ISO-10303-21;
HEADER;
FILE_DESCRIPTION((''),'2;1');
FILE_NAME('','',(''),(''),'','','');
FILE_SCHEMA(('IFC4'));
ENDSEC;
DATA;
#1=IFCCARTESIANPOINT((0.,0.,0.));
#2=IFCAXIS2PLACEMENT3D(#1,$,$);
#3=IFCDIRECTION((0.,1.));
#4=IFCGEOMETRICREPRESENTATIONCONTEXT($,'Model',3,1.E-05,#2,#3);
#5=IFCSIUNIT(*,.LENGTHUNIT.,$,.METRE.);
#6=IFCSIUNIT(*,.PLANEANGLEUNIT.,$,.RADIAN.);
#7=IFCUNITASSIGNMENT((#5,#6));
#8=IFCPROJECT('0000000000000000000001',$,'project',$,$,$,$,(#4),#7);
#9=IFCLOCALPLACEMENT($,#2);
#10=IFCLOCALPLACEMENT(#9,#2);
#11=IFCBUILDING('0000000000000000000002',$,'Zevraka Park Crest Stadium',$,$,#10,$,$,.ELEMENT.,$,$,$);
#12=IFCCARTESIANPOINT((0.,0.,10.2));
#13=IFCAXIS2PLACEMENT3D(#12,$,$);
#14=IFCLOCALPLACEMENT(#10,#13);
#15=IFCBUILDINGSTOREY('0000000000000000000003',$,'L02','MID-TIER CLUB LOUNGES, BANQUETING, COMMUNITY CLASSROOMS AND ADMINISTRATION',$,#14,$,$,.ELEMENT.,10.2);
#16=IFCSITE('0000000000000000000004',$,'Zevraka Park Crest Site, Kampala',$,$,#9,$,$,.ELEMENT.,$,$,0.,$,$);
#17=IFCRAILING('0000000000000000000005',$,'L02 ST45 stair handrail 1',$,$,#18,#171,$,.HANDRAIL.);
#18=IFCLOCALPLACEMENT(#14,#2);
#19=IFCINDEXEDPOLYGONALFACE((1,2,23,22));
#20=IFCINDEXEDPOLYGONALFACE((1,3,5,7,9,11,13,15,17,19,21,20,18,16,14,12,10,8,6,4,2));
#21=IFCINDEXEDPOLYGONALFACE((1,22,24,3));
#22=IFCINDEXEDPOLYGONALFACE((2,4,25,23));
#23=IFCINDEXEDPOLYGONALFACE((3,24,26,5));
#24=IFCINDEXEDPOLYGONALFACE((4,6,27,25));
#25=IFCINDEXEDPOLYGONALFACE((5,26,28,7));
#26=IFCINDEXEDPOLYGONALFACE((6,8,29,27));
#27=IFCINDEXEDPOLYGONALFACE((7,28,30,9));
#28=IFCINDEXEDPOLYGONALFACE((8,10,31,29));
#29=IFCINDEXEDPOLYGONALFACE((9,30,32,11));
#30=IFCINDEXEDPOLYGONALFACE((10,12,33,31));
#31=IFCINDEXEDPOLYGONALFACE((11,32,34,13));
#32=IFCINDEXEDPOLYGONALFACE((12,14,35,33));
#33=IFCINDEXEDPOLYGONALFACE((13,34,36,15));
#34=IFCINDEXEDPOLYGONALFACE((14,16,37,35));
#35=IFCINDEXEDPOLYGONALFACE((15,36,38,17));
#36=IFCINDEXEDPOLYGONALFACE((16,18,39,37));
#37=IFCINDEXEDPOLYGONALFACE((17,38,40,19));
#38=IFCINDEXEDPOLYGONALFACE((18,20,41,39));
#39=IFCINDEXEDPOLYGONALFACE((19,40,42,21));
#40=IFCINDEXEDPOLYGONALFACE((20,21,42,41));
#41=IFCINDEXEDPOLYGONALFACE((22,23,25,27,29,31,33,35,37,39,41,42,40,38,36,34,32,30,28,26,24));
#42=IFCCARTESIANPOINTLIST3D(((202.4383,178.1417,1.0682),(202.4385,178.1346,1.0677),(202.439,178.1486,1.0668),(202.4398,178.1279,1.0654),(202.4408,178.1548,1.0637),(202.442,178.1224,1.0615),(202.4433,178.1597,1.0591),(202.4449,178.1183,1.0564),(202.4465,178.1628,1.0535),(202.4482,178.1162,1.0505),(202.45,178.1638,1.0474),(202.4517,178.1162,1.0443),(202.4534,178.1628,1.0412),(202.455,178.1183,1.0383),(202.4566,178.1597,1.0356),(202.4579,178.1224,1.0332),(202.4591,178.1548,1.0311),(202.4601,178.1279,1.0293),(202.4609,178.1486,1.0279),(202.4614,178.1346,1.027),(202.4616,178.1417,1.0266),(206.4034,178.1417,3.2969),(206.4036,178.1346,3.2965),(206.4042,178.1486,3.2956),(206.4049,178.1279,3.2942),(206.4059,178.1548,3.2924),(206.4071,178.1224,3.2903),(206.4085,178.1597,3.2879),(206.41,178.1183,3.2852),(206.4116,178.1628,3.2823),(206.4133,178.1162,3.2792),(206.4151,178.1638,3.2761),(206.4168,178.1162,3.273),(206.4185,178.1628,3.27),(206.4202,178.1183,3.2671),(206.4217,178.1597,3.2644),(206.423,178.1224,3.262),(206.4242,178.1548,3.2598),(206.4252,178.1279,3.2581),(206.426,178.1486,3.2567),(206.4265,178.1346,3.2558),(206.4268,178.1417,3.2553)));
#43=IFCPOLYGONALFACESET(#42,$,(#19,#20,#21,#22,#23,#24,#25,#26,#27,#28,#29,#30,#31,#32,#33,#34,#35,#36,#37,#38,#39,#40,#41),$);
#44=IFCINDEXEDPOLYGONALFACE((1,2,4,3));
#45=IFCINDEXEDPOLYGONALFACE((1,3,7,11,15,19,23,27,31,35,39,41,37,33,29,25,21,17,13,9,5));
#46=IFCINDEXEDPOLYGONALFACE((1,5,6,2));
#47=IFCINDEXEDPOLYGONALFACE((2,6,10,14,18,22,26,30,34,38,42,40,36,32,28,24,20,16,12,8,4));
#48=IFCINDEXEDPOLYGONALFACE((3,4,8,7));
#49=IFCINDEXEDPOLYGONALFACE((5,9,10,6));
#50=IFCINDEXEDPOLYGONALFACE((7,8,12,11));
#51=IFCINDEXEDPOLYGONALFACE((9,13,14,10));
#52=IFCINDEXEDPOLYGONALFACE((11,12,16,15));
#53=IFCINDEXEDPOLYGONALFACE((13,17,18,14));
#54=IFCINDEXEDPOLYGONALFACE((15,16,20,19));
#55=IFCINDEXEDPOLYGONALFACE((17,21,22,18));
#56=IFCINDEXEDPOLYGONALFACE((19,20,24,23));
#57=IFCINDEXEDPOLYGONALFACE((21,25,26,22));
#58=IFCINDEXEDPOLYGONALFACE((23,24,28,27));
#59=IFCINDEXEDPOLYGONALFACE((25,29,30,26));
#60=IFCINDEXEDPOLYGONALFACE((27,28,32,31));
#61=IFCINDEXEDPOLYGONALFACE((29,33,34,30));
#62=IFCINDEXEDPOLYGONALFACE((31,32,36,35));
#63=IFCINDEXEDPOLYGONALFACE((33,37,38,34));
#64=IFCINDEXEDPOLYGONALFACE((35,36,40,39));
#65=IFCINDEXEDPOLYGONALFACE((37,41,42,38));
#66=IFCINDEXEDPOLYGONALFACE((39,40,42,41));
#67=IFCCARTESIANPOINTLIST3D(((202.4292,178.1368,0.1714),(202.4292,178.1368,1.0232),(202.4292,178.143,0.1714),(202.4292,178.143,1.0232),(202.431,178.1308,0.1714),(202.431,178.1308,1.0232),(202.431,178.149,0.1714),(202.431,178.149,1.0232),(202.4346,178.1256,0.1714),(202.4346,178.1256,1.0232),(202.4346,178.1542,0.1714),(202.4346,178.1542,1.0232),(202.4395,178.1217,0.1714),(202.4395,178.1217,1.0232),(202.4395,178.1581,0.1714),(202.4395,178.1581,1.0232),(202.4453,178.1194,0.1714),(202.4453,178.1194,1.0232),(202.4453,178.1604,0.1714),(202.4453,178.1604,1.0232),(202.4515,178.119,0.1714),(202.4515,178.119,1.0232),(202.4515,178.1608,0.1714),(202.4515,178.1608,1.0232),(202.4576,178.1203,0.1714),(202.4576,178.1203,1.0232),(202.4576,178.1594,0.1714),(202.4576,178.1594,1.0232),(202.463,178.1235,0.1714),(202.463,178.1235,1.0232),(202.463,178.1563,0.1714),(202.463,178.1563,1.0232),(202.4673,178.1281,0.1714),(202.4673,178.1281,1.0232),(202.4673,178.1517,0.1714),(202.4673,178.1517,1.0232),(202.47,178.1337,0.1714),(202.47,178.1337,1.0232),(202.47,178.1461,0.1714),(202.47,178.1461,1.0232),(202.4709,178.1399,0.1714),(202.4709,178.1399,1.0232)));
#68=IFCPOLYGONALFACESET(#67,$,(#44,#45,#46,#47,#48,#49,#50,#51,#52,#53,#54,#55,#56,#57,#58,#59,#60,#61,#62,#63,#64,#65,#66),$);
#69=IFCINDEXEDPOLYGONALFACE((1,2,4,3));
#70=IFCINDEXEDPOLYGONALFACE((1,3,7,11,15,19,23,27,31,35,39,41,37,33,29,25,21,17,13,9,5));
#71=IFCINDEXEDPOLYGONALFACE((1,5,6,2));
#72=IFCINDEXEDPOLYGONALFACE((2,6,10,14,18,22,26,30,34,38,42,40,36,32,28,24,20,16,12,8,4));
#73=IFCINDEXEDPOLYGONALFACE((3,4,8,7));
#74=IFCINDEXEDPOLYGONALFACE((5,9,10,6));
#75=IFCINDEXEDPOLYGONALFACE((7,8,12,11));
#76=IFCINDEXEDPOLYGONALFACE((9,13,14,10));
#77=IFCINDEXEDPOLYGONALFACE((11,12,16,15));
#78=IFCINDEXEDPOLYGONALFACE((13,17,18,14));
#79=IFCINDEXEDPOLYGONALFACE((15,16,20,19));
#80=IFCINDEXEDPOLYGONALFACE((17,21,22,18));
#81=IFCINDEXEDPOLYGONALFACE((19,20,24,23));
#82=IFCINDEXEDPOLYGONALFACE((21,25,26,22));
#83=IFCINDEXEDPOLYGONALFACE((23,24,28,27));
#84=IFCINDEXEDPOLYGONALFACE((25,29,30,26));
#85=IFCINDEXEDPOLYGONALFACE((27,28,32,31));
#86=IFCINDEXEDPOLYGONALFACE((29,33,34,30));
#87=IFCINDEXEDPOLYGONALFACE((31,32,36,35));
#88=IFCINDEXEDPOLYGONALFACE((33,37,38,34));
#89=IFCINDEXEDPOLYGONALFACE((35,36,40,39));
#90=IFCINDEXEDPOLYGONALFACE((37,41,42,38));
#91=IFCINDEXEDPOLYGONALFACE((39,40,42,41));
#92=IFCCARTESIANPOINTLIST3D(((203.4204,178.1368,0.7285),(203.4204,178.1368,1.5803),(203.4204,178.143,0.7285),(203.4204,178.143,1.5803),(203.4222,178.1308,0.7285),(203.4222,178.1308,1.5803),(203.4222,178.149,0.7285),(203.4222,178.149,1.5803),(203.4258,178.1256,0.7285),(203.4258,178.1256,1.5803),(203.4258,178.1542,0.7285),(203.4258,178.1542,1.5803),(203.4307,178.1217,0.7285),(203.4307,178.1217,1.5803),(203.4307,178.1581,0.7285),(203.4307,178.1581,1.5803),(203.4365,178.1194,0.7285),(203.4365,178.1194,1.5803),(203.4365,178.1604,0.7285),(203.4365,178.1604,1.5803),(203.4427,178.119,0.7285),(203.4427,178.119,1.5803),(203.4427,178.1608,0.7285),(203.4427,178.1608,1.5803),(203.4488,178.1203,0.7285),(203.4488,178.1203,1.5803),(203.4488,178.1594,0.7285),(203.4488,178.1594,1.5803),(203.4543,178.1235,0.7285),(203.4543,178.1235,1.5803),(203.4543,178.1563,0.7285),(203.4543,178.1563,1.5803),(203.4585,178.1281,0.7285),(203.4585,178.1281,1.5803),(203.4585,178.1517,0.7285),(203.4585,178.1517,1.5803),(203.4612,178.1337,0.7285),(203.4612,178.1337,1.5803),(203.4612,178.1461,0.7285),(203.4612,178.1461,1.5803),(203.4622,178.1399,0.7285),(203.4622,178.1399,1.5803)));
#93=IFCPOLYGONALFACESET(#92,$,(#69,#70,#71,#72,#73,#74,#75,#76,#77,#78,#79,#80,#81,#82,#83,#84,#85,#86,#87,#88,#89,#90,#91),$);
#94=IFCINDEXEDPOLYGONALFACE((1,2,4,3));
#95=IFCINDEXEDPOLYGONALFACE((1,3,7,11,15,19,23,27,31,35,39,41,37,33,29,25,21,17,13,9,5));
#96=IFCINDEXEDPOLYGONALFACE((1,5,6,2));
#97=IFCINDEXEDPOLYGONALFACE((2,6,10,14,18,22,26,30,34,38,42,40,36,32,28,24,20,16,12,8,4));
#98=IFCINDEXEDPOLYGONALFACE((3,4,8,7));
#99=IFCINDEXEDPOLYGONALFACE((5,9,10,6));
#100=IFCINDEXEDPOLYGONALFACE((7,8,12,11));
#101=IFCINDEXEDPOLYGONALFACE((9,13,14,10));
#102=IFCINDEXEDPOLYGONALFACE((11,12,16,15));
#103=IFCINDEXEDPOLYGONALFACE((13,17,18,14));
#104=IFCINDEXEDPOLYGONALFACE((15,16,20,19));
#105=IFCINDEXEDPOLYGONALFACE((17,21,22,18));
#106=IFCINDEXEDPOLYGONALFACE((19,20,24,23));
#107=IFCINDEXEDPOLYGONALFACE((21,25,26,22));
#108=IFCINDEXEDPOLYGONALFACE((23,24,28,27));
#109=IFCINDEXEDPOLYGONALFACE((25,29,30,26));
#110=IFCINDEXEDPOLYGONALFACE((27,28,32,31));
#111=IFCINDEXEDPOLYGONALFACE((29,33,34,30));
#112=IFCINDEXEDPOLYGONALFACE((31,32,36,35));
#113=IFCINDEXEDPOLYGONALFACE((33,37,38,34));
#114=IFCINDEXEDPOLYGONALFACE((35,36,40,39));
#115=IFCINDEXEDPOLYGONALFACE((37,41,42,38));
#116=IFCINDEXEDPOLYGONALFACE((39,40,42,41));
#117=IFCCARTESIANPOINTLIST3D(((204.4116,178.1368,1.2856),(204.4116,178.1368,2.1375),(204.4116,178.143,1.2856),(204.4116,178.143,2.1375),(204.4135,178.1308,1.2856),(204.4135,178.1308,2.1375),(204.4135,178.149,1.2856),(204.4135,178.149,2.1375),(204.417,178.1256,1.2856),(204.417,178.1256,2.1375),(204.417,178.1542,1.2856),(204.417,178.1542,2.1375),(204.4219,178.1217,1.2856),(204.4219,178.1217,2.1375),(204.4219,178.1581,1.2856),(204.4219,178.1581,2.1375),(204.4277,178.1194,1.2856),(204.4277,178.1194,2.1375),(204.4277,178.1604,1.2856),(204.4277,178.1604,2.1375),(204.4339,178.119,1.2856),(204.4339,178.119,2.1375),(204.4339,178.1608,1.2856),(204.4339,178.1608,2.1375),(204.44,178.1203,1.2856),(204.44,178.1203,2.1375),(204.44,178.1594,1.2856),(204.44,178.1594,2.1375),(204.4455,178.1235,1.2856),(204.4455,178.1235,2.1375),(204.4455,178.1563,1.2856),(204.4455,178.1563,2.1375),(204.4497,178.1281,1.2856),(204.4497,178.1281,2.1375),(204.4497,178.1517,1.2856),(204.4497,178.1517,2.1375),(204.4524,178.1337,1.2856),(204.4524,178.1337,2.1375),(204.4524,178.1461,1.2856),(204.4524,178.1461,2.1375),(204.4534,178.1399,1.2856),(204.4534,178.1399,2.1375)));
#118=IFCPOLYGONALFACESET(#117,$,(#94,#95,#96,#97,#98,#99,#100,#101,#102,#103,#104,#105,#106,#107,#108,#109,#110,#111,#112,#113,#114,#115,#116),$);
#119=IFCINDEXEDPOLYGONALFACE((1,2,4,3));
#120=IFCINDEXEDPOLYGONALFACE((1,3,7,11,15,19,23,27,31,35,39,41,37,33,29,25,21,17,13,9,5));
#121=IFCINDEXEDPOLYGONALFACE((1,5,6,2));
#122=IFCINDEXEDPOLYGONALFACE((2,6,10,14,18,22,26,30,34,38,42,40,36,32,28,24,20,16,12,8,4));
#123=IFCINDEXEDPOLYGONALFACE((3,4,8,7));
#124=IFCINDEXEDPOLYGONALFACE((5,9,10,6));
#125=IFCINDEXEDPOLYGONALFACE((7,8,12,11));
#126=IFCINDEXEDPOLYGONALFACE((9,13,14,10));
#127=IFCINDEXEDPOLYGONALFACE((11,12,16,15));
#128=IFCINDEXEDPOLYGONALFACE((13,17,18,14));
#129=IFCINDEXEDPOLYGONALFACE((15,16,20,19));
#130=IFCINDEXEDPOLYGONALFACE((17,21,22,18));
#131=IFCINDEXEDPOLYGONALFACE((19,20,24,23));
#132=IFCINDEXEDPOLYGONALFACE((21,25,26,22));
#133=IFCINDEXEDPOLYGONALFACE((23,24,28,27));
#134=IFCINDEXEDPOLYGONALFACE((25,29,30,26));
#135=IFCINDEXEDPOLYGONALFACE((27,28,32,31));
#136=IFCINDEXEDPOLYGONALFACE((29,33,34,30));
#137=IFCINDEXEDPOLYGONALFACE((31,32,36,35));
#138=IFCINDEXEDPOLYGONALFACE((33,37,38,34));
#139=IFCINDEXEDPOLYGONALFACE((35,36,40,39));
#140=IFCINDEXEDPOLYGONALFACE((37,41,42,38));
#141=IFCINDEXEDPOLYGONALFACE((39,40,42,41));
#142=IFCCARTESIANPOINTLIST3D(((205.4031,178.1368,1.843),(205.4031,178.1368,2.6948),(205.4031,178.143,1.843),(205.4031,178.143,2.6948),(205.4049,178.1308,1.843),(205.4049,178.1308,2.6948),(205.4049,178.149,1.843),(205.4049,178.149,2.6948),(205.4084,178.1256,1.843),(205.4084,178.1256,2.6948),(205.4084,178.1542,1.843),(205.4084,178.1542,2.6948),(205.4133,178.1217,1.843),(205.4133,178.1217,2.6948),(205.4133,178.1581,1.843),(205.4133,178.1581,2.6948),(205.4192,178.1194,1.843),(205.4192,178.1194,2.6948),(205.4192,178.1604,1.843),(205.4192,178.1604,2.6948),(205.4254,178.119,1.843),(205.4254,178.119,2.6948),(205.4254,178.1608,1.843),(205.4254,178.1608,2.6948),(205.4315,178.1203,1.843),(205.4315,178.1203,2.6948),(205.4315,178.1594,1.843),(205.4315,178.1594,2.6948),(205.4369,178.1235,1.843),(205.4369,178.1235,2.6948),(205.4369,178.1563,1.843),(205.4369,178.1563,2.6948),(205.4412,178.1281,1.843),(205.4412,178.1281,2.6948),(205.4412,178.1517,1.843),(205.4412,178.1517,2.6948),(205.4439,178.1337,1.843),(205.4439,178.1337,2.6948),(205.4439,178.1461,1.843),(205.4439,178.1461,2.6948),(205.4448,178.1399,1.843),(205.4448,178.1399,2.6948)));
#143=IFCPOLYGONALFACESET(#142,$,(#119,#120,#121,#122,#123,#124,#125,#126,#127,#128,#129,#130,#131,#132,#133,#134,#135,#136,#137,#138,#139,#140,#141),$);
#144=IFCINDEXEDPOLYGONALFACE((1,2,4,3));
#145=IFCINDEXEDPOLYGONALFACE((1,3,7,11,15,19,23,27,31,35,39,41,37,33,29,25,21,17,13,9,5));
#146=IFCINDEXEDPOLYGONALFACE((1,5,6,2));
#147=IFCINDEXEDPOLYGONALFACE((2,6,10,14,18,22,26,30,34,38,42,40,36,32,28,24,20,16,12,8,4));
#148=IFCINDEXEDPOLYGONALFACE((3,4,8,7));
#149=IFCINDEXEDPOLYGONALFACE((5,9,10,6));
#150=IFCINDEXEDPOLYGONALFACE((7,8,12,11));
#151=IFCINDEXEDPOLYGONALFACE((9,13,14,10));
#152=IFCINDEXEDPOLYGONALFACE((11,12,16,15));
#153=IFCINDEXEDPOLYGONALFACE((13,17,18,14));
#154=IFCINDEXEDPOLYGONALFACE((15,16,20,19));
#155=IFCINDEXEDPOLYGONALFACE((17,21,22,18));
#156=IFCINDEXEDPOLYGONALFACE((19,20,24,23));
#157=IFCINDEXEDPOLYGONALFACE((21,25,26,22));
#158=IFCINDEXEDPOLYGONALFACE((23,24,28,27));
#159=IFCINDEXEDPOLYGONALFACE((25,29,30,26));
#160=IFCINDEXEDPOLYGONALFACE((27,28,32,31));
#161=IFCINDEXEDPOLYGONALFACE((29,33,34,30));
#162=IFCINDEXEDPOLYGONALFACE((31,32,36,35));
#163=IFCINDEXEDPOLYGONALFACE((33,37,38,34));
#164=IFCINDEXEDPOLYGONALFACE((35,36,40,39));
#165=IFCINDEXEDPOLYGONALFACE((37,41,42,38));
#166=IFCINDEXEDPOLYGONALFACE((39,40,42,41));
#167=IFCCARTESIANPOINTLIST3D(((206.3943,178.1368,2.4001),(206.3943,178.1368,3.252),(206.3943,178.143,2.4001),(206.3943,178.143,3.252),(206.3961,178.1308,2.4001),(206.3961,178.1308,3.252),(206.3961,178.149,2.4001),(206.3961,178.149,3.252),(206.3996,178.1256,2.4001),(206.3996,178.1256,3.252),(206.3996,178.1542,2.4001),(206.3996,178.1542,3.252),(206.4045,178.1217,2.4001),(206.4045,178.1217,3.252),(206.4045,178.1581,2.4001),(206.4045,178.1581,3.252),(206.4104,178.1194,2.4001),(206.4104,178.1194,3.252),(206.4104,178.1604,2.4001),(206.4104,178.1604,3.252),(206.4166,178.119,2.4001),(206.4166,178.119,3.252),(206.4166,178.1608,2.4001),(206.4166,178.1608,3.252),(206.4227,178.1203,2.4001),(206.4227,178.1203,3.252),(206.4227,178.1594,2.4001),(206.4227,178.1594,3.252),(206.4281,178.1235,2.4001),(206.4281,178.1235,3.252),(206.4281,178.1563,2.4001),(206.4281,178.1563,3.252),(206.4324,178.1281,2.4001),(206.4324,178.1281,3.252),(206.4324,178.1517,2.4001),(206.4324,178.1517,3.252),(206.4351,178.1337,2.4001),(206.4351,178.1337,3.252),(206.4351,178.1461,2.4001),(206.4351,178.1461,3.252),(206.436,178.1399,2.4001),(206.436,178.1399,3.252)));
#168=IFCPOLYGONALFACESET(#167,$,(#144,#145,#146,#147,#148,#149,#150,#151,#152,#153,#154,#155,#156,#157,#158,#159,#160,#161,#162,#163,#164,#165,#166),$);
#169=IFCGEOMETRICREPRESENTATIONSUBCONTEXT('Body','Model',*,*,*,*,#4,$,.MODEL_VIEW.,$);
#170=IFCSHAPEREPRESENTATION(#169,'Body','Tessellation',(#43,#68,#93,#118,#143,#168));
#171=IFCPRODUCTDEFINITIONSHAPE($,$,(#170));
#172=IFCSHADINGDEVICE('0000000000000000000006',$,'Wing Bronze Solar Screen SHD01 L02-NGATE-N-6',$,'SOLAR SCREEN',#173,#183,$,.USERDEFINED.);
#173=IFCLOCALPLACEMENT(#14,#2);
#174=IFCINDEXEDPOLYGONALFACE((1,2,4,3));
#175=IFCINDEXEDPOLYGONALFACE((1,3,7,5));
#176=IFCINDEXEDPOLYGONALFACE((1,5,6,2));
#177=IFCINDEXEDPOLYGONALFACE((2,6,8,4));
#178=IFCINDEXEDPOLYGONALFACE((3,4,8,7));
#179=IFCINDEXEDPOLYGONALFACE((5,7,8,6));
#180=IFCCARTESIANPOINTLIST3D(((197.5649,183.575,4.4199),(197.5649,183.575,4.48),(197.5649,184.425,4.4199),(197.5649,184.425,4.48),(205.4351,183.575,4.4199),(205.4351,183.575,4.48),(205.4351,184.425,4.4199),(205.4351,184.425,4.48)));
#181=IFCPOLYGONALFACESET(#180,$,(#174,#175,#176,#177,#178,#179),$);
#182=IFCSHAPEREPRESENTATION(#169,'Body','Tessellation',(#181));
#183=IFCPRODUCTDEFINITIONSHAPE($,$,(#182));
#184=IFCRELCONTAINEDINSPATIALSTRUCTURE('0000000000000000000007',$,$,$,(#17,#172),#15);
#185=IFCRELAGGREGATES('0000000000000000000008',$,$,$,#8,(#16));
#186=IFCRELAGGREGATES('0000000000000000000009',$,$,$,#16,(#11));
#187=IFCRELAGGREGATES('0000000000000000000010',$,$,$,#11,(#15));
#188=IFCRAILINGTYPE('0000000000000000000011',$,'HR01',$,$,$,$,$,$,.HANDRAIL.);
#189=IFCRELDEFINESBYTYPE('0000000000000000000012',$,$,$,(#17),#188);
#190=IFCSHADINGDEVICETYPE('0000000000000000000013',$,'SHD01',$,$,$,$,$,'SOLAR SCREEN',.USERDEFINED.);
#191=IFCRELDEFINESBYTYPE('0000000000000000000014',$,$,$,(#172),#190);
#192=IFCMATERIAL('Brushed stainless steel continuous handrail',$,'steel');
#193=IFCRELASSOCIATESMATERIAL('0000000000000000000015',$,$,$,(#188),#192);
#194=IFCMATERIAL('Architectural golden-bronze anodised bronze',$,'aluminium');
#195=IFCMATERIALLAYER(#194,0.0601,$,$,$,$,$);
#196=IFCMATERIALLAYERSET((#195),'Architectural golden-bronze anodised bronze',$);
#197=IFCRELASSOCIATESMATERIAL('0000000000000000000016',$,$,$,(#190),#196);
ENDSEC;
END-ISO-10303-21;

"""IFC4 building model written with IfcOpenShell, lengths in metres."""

from ifc_helpers import new_model, si_unit, direction, frame, origin, origin_2d, place, context, subcontext, project, spatial, rectangle, circle, extrude, material, layer, layer_set, type_object, element, save


model = new_model("IFC4")

# Units and contexts
model_context = context("Model", 3, precision=1e-05, world=origin(), true_north=direction((0.0, 1.0)))
body_context = subcontext(model_context, "Body", "Model", "MODEL_VIEW")
ifc_project = project(units=[si_unit("LENGTHUNIT", "METRE"), si_unit("PLANEANGLEUNIT", "RADIAN")], contexts=[model_context])

# Site, building, storey
site_placement = place(None, origin())
site = spatial("IfcSite", under=ifc_project, at=site_placement, Name="Zevraka Park Crest Site, Kampala", CompositionType="ELEMENT", RefElevation=0.0)
building_placement = place(site_placement, origin())
building = spatial("IfcBuilding", under=site, at=building_placement, Name="Zevraka Park Crest Stadium", CompositionType="ELEMENT")
storey_placement = place(building_placement, frame((0.0, 0.0, 10.2)))
storey = spatial("IfcBuildingStorey", under=building, at=storey_placement, Name="L02", Description="MID-TIER CLUB LOUNGES, BANQUETING, COMMUNITY CLASSROOMS AND ADMINISTRATION", CompositionType="ELEMENT", Elevation=10.2)

# Railing
ifc_material_1 = material(Name="Brushed stainless steel continuous handrail", Category="steel")
railing_type_1 = type_object("IfcRailingType", Name="HR01", PredefinedType="HANDRAIL", material=ifc_material_1)
railing_1_placement = place(storey_placement, frame((202.45, 178.1399, 0.1714)))
element("IfcRailing", 1, at=railing_1_placement, inside=storey, type_object=railing_type_1, Name="L02 ST45 stair handrail 1", PredefinedType="HANDRAIL", context=body_context, shape_type="SweptSolid", body=[
    extrude(circle(Radius=0.0239, at=origin_2d()), frame((0.0, 0.0, 0.876), z_axis=(0.871726, 0.0, 0.489994), x_axis=(0.0, 1.0, 0.0)), (0.0, 0.0, 1.0), 4.5486),
    extrude(circle(Radius=0.021, at=origin_2d()), origin(), (0.0, 0.0, 1.0), 0.8518),
    extrude(circle(Radius=0.021, at=origin_2d()), frame((0.9912, 0.0, 0.5571)), (0.0, 0.0, 1.0), 0.8518),
    extrude(circle(Radius=0.021, at=origin_2d()), frame((1.9824, 0.0, 1.1143)), (0.0, 0.0, 1.0), 0.8518),
    extrude(circle(Radius=0.021, at=origin_2d()), frame((2.9739, 0.0, 1.6716)), (0.0, 0.0, 1.0), 0.8518),
    extrude(circle(Radius=0.021, at=origin_2d()), frame((3.9651, 0.0, 2.2288)), (0.0, 0.0, 1.0), 0.8518),
])

# Shading device
ifc_material_2 = material(Name="Architectural golden-bronze anodised bronze", Category="aluminium")
ifc_layer_1 = layer(ifc_material_2, 0.0601)
ifc_layer_set_1 = layer_set([ifc_layer_1], Name="Architectural golden-bronze anodised bronze")
shading_device_type = type_object("IfcShadingDeviceType", Name="SHD01", ElementType="SOLAR SCREEN", PredefinedType="USERDEFINED", material=ifc_layer_set_1)
shading_device_placement = place(storey_placement, frame((201.5, 184.0, 4.4199), z_axis=(0.0, 0.0, 1.0), x_axis=(1.0, 0.0, 0.0)))
element("IfcShadingDevice", 2, at=shading_device_placement, inside=storey, type_object=shading_device_type, Name="Wing Bronze Solar Screen SHD01 L02-NGATE-N-6", ObjectType="SOLAR SCREEN", PredefinedType="USERDEFINED", context=body_context, shape_type="SweptSolid", body=[
    extrude(rectangle(XDim=7.8701, YDim=0.8501, at=origin_2d()), origin(), (0.0, 0.0, 1.0), 0.0601),
])

save(model, "model.ifc")
